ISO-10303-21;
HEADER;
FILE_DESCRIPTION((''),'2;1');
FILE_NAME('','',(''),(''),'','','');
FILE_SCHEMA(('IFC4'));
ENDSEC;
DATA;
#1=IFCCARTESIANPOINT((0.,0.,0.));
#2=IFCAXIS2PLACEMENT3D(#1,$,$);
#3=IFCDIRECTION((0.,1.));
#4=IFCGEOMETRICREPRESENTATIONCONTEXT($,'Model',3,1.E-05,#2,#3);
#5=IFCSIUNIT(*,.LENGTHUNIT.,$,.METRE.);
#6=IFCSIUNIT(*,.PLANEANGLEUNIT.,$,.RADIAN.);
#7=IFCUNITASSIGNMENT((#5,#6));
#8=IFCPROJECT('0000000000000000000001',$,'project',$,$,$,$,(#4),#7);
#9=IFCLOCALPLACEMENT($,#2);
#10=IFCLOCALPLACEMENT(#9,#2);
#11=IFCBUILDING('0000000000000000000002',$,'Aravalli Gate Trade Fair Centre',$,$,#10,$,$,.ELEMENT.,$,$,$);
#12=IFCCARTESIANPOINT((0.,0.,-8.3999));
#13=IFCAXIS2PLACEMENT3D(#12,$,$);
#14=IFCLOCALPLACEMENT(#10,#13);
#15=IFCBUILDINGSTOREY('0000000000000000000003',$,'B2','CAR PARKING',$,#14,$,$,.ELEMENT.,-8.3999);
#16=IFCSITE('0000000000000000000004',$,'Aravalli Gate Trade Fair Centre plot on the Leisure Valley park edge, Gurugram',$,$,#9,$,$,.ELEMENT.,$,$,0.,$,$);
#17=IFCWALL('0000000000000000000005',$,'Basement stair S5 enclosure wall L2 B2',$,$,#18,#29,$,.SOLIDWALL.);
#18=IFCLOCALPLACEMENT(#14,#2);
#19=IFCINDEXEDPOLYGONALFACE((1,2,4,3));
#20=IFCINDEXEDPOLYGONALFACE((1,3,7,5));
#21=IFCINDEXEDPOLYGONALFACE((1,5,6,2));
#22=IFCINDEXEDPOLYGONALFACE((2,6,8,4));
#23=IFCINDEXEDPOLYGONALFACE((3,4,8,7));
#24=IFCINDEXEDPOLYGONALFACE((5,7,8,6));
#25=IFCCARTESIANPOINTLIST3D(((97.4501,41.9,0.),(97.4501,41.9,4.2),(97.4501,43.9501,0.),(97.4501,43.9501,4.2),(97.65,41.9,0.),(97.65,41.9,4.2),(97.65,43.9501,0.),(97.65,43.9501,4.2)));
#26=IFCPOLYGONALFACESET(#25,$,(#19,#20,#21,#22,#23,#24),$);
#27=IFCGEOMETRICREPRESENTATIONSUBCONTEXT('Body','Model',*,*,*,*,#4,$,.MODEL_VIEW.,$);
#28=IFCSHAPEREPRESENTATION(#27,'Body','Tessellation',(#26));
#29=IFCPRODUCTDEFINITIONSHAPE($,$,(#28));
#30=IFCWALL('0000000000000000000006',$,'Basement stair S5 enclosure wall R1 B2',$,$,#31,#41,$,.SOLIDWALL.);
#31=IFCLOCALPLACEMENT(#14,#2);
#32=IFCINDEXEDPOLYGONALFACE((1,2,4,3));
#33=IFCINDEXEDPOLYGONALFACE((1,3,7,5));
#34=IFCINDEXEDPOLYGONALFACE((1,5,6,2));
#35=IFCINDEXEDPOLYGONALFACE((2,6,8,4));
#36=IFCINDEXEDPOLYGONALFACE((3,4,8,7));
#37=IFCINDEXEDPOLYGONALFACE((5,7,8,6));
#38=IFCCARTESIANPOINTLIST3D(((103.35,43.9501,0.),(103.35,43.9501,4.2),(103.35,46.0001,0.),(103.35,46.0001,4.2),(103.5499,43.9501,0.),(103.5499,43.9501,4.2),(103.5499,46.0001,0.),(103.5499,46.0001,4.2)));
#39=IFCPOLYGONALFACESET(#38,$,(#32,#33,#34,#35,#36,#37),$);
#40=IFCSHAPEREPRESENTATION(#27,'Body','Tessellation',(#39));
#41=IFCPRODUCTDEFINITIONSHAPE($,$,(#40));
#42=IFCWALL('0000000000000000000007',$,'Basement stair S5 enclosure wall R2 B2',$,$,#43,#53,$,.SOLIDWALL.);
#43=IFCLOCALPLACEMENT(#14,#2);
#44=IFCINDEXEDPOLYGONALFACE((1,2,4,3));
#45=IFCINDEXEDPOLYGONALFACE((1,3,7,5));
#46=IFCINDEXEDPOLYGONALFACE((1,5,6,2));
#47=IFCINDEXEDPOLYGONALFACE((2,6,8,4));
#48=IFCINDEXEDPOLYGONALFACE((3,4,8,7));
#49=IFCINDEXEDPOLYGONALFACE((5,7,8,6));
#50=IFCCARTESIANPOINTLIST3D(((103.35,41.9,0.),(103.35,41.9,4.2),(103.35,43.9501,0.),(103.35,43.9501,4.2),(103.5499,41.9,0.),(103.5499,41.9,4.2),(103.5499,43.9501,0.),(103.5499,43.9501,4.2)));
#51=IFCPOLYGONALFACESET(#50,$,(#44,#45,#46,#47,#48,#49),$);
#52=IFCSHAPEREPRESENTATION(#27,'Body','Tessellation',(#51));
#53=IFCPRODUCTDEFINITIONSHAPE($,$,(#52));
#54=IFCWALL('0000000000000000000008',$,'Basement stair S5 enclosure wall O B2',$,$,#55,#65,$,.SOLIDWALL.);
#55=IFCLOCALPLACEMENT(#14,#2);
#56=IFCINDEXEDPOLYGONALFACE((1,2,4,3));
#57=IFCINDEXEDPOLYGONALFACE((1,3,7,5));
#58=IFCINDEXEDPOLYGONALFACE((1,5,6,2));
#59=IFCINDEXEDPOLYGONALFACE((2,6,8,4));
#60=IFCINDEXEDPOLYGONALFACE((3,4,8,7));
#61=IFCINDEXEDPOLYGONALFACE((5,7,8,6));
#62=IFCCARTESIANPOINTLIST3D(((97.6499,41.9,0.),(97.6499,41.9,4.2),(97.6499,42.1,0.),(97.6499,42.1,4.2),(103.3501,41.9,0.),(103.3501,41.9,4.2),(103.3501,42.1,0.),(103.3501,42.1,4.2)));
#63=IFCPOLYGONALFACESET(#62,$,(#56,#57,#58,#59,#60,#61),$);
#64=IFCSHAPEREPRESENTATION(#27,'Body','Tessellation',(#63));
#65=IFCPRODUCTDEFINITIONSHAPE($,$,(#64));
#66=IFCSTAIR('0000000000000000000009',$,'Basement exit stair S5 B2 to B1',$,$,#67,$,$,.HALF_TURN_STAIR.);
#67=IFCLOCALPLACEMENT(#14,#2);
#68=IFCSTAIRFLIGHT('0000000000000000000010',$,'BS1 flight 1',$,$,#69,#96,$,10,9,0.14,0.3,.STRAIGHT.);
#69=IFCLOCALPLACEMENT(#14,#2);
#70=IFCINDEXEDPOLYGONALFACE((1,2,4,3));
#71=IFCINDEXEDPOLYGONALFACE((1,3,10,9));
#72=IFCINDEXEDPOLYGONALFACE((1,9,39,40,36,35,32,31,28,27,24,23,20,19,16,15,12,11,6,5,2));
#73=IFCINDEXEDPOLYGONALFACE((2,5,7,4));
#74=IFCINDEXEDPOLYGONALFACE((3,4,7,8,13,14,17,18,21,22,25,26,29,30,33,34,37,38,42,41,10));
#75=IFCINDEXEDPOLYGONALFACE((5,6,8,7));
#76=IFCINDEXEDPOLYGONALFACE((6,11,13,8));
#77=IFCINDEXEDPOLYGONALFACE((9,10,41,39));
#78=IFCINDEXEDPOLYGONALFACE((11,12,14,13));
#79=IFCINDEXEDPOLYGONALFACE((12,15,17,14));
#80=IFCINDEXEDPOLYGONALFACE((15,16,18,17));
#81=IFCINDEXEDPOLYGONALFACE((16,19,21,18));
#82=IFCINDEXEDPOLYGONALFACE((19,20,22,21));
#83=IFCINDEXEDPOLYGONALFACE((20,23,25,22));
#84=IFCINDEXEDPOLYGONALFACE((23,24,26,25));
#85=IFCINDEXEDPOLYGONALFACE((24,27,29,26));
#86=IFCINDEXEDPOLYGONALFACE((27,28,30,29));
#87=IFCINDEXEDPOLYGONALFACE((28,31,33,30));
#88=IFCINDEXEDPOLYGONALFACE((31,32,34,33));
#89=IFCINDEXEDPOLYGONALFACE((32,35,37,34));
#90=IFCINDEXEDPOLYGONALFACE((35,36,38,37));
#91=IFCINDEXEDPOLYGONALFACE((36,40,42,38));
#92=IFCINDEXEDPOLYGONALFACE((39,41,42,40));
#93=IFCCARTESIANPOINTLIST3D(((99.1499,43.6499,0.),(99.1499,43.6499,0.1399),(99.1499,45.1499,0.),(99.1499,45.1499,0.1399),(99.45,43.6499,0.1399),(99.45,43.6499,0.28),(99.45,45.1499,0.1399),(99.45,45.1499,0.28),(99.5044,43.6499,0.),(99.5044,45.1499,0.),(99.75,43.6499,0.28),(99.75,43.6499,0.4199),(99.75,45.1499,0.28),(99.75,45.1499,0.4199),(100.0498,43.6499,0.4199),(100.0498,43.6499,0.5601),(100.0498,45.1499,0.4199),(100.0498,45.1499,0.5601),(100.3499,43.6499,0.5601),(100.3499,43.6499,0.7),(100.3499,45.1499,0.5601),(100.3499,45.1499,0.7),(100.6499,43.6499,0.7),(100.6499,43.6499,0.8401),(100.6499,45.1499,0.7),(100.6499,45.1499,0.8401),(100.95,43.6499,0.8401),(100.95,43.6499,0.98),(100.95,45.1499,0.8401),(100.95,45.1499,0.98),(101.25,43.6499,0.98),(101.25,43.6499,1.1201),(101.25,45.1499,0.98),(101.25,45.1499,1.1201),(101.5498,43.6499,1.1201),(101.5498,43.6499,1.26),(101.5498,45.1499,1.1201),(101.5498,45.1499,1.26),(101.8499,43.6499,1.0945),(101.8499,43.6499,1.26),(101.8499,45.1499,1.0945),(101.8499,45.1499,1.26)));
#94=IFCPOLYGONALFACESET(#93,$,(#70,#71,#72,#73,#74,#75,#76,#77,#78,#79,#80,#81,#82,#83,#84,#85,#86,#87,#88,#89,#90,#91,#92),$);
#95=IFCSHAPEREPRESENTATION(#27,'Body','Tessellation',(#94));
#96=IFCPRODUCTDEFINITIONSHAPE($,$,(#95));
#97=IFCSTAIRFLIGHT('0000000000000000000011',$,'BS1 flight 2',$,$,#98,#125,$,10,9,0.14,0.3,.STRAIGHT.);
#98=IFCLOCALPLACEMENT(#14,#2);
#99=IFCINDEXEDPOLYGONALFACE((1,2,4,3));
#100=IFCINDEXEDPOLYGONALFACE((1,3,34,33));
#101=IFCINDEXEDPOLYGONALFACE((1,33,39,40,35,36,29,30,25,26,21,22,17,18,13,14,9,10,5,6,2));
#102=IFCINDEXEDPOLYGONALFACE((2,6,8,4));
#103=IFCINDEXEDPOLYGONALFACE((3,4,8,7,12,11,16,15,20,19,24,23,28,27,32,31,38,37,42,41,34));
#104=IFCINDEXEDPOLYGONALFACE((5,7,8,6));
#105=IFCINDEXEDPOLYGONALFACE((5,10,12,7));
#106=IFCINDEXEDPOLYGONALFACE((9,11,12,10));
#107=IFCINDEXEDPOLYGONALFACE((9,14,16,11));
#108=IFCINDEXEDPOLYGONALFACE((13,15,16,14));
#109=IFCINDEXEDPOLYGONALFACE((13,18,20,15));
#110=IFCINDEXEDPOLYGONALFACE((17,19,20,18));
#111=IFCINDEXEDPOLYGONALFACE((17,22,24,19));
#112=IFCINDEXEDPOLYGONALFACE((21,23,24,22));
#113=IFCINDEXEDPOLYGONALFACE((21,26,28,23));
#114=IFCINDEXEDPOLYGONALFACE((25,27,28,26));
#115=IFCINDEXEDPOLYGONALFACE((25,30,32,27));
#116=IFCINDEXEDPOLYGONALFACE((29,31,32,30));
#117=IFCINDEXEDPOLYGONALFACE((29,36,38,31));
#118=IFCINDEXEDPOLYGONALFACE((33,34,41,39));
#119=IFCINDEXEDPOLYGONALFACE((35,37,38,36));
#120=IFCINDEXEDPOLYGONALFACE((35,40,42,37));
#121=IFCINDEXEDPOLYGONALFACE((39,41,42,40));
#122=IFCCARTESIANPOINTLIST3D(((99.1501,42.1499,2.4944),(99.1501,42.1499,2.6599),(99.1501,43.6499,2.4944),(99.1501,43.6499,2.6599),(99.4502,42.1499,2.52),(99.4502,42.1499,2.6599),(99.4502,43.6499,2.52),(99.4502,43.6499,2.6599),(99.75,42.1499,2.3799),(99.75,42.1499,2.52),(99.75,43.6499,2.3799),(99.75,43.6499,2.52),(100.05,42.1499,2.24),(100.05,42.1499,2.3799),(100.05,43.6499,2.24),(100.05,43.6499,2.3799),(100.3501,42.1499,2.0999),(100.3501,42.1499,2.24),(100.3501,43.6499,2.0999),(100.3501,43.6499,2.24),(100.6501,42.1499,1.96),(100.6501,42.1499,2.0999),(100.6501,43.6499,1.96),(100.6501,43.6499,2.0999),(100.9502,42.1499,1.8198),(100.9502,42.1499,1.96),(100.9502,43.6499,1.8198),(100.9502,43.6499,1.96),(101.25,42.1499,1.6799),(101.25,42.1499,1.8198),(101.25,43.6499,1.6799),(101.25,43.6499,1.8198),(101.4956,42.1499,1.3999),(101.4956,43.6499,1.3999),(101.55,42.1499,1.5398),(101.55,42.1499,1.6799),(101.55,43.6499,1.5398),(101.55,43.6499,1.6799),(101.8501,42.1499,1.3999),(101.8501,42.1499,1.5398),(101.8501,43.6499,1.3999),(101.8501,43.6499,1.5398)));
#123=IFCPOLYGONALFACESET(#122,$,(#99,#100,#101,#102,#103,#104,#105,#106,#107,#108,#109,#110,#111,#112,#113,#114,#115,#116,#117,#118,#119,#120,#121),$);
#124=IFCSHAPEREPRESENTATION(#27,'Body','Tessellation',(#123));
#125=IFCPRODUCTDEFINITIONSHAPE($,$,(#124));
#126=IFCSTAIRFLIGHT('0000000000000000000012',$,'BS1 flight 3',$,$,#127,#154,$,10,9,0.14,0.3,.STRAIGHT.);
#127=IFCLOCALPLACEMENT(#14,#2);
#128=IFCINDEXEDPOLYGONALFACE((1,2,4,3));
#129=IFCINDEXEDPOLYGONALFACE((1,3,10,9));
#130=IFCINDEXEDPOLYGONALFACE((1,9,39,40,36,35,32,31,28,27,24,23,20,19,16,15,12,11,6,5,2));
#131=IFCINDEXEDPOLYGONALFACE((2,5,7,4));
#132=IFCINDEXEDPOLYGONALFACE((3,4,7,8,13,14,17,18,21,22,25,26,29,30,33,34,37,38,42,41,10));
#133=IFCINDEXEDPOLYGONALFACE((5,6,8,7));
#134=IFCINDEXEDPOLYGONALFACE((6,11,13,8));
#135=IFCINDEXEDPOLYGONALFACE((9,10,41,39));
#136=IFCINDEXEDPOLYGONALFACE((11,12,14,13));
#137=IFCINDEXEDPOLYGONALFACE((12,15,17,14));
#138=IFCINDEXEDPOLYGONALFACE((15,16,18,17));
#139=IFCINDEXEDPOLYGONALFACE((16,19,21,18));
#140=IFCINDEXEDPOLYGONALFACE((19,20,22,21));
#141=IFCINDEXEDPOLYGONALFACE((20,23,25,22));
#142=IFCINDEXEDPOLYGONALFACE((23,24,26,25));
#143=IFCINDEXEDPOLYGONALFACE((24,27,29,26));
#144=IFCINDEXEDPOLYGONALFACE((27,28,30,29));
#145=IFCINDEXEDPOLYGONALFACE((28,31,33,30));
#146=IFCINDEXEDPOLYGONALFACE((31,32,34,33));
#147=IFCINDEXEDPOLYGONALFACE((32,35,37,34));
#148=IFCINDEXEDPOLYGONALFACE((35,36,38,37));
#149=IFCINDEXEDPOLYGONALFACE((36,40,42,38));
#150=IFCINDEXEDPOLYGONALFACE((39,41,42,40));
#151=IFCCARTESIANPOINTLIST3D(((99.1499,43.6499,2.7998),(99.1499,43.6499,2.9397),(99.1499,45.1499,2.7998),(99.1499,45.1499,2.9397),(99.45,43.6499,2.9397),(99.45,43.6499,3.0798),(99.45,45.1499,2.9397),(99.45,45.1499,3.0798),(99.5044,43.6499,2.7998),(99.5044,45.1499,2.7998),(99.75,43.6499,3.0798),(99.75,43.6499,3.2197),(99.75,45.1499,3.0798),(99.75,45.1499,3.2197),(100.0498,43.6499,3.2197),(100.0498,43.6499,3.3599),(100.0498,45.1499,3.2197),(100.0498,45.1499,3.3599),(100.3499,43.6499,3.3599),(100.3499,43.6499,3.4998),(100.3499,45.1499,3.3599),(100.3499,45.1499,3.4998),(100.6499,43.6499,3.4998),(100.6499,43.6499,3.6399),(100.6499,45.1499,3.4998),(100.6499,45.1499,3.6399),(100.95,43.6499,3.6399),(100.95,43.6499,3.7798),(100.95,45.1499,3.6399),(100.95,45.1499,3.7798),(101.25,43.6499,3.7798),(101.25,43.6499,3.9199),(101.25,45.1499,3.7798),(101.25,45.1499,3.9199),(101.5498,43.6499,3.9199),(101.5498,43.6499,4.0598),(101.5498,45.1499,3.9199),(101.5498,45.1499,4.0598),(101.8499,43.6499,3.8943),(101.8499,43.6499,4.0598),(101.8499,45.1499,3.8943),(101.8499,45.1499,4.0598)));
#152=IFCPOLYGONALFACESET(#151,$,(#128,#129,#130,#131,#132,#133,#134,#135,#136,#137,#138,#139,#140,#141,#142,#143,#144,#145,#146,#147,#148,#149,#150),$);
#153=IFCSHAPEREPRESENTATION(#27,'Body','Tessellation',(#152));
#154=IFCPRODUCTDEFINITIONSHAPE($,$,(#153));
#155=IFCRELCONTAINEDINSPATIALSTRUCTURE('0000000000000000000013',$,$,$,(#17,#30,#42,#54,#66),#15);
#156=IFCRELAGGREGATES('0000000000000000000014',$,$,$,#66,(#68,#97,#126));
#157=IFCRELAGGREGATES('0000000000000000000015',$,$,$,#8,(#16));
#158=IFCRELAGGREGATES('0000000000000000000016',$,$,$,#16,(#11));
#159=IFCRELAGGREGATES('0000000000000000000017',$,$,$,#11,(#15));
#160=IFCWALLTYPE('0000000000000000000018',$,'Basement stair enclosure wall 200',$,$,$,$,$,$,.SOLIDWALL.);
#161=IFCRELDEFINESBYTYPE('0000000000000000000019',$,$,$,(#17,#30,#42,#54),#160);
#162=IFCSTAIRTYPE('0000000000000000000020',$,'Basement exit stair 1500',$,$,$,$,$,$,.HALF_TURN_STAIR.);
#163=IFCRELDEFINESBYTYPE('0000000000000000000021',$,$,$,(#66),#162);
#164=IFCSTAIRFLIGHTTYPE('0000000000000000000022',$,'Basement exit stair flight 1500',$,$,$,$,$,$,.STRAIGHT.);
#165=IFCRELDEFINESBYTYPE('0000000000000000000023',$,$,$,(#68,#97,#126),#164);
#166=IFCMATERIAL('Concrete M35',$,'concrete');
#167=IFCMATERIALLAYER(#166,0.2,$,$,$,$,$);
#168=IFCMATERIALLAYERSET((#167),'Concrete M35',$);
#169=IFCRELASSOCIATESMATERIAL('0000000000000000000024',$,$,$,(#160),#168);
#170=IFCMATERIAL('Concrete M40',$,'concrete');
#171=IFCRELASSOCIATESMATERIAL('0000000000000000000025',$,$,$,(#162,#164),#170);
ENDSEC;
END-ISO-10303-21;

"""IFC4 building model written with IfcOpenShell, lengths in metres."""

from ifc_helpers import new_model, si_unit, direction, frame, frame_2d, origin, place, context, subcontext, project, spatial, polyline, rectangle, outline, extrude, material, layer, layer_set, type_object, element, aggregate, save


model = new_model("IFC4")

# Units and contexts
model_context = context("Model", 3, precision=1e-05, world=origin(), true_north=direction((0.0, 1.0)))
body_context = subcontext(model_context, "Body", "Model", "MODEL_VIEW")
ifc_project = project(units=[si_unit("LENGTHUNIT", "METRE"), si_unit("PLANEANGLEUNIT", "RADIAN")], contexts=[model_context])

# Site, building, storey
site_placement = place(None, origin())
site = spatial("IfcSite", under=ifc_project, at=site_placement, Name="Aravalli Gate Trade Fair Centre plot on the Leisure Valley park edge, Gurugram", CompositionType="ELEMENT", RefElevation=0.0)
building_placement = place(site_placement, origin())
building = spatial("IfcBuilding", under=site, at=building_placement, Name="Aravalli Gate Trade Fair Centre", CompositionType="ELEMENT")
storey_placement = place(building_placement, frame((0.0, 0.0, -8.3999)))
storey = spatial("IfcBuildingStorey", under=building, at=storey_placement, Name="B2", Description="CAR PARKING", CompositionType="ELEMENT", Elevation=-8.3999)

# Shared definitions
ifc_material_1 = material(Name="Concrete M35", Category="concrete")

# Shared definitions
ifc_material_2 = material(Name="Concrete M40", Category="concrete")

# Walls
ifc_layer_1 = layer(ifc_material_1, 0.2)
ifc_layer_set_1 = layer_set([ifc_layer_1], Name="Concrete M35")
wall_type_1 = type_object("IfcWallType", Name="Basement stair enclosure wall 200", PredefinedType="SOLIDWALL", material=ifc_layer_set_1)
for number, where, z_axis, x_axis, name in (
    (1, (97.55, 43.95, 0.0), (0.0, 0.0, 1.0), (0.0, -1.0, 0.0), "Basement stair S5 enclosure wall L2 B2"),
    (2, (103.45, 46.0, 0.0), (0.0, 0.0, 1.0), (0.0, -1.0, 0.0), "Basement stair S5 enclosure wall R1 B2"),
    (3, (103.45, 43.95, 0.0), (0.0, 0.0, 1.0), (0.0, -1.0, 0.0), "Basement stair S5 enclosure wall R2 B2"),
):
    element("IfcWall", number, at=place(storey_placement, frame(where, z_axis=z_axis, x_axis=x_axis)), inside=storey, type_object=wall_type_1, Name=name, PredefinedType="SOLIDWALL", context=body_context, shape_type="SweptSolid", body=[
        extrude(rectangle(XDim=2.05, YDim=0.2, at=frame_2d((1.0249, 0.0))), origin(), (0.0, 0.0, 1.0), 4.2),
    ])
wall_1_placement = place(storey_placement, frame((97.6499, 42.0, 0.0), z_axis=(0.0, 0.0, 1.0), x_axis=(1.0, 0.0, 0.0)))
element("IfcWall", 4, at=wall_1_placement, inside=storey, type_object=wall_type_1, Name="Basement stair S5 enclosure wall O B2", PredefinedType="SOLIDWALL", context=body_context, shape_type="SweptSolid", body=[
    extrude(rectangle(XDim=5.7002, YDim=0.2, at=frame_2d((2.8501, 0.0))), origin(), (0.0, 0.0, 1.0), 4.2),
])

# Stair, stair flights
stair_type = type_object("IfcStairType", Name="Basement exit stair 1500", PredefinedType="HALF_TURN_STAIR", material=ifc_material_2)
stair_placement = place(storey_placement, origin())
stair = element("IfcStair", 5, at=stair_placement, inside=storey, type_object=stair_type, Name="Basement exit stair S5 B2 to B1", PredefinedType="HALF_TURN_STAIR")
stair_flight_type = type_object("IfcStairFlightType", Name="Basement exit stair flight 1500", PredefinedType="STRAIGHT", material=ifc_material_2)
stair_flight_1_placement = place(storey_placement, frame((99.1499, 44.3999, 0.0), z_axis=(0.0, 0.0, 1.0), x_axis=(1.0, 0.0, 0.0)))
stair_flight_1 = element("IfcStairFlight", 6, at=stair_flight_1_placement, type_object=stair_flight_type, Name="BS1 flight 1", NumberOfRisers=10, NumberOfTreads=9, PredefinedType="STRAIGHT", RiserHeight=0.14, TreadLength=0.3, context=body_context, shape_type="SweptSolid", body=[
    extrude(outline(polyline([(0.0, 0.0), (0.0, 0.1399), (0.3, 0.1399), (0.3, 0.28), (0.6001, 0.28), (0.6001, 0.4199), (0.8999, 0.4199), (0.8999, 0.5601), (1.2, 0.5601), (1.2, 0.7), (1.5, 0.7), (1.5, 0.8401), (1.8, 0.8401), (1.8, 0.98), (2.1001, 0.98), (2.1001, 1.1201), (2.3999, 1.1201), (2.3999, 1.26), (2.7, 1.26), (2.7, 1.3999), (2.7, 1.0945), (0.3545, 0.0), (0.0, 0.0)])), frame((0.0, 0.75, 0.0), z_axis=(0.0, -1.0, 0.0), x_axis=(1.0, 0.0, 0.0)), (0.0, 0.0, 1.0), 1.5),
])
stair_flight_2_placement = place(storey_placement, frame((101.8501, 42.8999, 1.3999), z_axis=(0.0, 0.0, 1.0), x_axis=(-1.0, 0.0, 0.0)))
stair_flight_2 = element("IfcStairFlight", 7, at=stair_flight_2_placement, type_object=stair_flight_type, Name="BS1 flight 2", NumberOfRisers=10, NumberOfTreads=9, PredefinedType="STRAIGHT", RiserHeight=0.14, TreadLength=0.3, context=body_context, shape_type="SweptSolid", body=[
    extrude(outline(polyline([(0.0, 0.0), (0.0, 0.1399), (0.3, 0.1399), (0.3, 0.28), (0.6001, 0.28), (0.6001, 0.4199), (0.8999, 0.4199), (0.8999, 0.5601), (1.2, 0.5601), (1.2, 0.7), (1.5, 0.7), (1.5, 0.8401), (1.8, 0.8401), (1.8, 0.98), (2.1001, 0.98), (2.1001, 1.1201), (2.3999, 1.1201), (2.3999, 1.26), (2.7, 1.26), (2.7, 1.3999), (2.7, 1.0945), (0.3545, 0.0), (0.0, 0.0)])), frame((0.0, 0.75, 0.0), z_axis=(0.0, -1.0, 0.0), x_axis=(1.0, 0.0, 0.0)), (0.0, 0.0, 1.0), 1.5),
])
stair_flight_3_placement = place(storey_placement, frame((99.1499, 44.3999, 2.7998), z_axis=(0.0, 0.0, 1.0), x_axis=(1.0, 0.0, 0.0)))
stair_flight_3 = element("IfcStairFlight", 8, at=stair_flight_3_placement, type_object=stair_flight_type, Name="BS1 flight 3", NumberOfRisers=10, NumberOfTreads=9, PredefinedType="STRAIGHT", RiserHeight=0.14, TreadLength=0.3, context=body_context, shape_type="SweptSolid", body=[
    extrude(outline(polyline([(0.0, 0.0), (0.0, 0.1399), (0.3, 0.1399), (0.3, 0.28), (0.6001, 0.28), (0.6001, 0.4199), (0.8999, 0.4199), (0.8999, 0.5601), (1.2, 0.5601), (1.2, 0.7), (1.5, 0.7), (1.5, 0.8401), (1.8, 0.8401), (1.8, 0.98), (2.1001, 0.98), (2.1001, 1.1201), (2.3999, 1.1201), (2.3999, 1.26), (2.7, 1.26), (2.7, 1.3999), (2.7, 1.0945), (0.3545, 0.0), (0.0, 0.0)])), frame((0.0, 0.75, 0.0), z_axis=(0.0, -1.0, 0.0), x_axis=(1.0, 0.0, 0.0)), (0.0, 0.0, 1.0), 1.5),
])
aggregate(stair, [stair_flight_1, stair_flight_2, stair_flight_3])

save(model, "model.ifc")
